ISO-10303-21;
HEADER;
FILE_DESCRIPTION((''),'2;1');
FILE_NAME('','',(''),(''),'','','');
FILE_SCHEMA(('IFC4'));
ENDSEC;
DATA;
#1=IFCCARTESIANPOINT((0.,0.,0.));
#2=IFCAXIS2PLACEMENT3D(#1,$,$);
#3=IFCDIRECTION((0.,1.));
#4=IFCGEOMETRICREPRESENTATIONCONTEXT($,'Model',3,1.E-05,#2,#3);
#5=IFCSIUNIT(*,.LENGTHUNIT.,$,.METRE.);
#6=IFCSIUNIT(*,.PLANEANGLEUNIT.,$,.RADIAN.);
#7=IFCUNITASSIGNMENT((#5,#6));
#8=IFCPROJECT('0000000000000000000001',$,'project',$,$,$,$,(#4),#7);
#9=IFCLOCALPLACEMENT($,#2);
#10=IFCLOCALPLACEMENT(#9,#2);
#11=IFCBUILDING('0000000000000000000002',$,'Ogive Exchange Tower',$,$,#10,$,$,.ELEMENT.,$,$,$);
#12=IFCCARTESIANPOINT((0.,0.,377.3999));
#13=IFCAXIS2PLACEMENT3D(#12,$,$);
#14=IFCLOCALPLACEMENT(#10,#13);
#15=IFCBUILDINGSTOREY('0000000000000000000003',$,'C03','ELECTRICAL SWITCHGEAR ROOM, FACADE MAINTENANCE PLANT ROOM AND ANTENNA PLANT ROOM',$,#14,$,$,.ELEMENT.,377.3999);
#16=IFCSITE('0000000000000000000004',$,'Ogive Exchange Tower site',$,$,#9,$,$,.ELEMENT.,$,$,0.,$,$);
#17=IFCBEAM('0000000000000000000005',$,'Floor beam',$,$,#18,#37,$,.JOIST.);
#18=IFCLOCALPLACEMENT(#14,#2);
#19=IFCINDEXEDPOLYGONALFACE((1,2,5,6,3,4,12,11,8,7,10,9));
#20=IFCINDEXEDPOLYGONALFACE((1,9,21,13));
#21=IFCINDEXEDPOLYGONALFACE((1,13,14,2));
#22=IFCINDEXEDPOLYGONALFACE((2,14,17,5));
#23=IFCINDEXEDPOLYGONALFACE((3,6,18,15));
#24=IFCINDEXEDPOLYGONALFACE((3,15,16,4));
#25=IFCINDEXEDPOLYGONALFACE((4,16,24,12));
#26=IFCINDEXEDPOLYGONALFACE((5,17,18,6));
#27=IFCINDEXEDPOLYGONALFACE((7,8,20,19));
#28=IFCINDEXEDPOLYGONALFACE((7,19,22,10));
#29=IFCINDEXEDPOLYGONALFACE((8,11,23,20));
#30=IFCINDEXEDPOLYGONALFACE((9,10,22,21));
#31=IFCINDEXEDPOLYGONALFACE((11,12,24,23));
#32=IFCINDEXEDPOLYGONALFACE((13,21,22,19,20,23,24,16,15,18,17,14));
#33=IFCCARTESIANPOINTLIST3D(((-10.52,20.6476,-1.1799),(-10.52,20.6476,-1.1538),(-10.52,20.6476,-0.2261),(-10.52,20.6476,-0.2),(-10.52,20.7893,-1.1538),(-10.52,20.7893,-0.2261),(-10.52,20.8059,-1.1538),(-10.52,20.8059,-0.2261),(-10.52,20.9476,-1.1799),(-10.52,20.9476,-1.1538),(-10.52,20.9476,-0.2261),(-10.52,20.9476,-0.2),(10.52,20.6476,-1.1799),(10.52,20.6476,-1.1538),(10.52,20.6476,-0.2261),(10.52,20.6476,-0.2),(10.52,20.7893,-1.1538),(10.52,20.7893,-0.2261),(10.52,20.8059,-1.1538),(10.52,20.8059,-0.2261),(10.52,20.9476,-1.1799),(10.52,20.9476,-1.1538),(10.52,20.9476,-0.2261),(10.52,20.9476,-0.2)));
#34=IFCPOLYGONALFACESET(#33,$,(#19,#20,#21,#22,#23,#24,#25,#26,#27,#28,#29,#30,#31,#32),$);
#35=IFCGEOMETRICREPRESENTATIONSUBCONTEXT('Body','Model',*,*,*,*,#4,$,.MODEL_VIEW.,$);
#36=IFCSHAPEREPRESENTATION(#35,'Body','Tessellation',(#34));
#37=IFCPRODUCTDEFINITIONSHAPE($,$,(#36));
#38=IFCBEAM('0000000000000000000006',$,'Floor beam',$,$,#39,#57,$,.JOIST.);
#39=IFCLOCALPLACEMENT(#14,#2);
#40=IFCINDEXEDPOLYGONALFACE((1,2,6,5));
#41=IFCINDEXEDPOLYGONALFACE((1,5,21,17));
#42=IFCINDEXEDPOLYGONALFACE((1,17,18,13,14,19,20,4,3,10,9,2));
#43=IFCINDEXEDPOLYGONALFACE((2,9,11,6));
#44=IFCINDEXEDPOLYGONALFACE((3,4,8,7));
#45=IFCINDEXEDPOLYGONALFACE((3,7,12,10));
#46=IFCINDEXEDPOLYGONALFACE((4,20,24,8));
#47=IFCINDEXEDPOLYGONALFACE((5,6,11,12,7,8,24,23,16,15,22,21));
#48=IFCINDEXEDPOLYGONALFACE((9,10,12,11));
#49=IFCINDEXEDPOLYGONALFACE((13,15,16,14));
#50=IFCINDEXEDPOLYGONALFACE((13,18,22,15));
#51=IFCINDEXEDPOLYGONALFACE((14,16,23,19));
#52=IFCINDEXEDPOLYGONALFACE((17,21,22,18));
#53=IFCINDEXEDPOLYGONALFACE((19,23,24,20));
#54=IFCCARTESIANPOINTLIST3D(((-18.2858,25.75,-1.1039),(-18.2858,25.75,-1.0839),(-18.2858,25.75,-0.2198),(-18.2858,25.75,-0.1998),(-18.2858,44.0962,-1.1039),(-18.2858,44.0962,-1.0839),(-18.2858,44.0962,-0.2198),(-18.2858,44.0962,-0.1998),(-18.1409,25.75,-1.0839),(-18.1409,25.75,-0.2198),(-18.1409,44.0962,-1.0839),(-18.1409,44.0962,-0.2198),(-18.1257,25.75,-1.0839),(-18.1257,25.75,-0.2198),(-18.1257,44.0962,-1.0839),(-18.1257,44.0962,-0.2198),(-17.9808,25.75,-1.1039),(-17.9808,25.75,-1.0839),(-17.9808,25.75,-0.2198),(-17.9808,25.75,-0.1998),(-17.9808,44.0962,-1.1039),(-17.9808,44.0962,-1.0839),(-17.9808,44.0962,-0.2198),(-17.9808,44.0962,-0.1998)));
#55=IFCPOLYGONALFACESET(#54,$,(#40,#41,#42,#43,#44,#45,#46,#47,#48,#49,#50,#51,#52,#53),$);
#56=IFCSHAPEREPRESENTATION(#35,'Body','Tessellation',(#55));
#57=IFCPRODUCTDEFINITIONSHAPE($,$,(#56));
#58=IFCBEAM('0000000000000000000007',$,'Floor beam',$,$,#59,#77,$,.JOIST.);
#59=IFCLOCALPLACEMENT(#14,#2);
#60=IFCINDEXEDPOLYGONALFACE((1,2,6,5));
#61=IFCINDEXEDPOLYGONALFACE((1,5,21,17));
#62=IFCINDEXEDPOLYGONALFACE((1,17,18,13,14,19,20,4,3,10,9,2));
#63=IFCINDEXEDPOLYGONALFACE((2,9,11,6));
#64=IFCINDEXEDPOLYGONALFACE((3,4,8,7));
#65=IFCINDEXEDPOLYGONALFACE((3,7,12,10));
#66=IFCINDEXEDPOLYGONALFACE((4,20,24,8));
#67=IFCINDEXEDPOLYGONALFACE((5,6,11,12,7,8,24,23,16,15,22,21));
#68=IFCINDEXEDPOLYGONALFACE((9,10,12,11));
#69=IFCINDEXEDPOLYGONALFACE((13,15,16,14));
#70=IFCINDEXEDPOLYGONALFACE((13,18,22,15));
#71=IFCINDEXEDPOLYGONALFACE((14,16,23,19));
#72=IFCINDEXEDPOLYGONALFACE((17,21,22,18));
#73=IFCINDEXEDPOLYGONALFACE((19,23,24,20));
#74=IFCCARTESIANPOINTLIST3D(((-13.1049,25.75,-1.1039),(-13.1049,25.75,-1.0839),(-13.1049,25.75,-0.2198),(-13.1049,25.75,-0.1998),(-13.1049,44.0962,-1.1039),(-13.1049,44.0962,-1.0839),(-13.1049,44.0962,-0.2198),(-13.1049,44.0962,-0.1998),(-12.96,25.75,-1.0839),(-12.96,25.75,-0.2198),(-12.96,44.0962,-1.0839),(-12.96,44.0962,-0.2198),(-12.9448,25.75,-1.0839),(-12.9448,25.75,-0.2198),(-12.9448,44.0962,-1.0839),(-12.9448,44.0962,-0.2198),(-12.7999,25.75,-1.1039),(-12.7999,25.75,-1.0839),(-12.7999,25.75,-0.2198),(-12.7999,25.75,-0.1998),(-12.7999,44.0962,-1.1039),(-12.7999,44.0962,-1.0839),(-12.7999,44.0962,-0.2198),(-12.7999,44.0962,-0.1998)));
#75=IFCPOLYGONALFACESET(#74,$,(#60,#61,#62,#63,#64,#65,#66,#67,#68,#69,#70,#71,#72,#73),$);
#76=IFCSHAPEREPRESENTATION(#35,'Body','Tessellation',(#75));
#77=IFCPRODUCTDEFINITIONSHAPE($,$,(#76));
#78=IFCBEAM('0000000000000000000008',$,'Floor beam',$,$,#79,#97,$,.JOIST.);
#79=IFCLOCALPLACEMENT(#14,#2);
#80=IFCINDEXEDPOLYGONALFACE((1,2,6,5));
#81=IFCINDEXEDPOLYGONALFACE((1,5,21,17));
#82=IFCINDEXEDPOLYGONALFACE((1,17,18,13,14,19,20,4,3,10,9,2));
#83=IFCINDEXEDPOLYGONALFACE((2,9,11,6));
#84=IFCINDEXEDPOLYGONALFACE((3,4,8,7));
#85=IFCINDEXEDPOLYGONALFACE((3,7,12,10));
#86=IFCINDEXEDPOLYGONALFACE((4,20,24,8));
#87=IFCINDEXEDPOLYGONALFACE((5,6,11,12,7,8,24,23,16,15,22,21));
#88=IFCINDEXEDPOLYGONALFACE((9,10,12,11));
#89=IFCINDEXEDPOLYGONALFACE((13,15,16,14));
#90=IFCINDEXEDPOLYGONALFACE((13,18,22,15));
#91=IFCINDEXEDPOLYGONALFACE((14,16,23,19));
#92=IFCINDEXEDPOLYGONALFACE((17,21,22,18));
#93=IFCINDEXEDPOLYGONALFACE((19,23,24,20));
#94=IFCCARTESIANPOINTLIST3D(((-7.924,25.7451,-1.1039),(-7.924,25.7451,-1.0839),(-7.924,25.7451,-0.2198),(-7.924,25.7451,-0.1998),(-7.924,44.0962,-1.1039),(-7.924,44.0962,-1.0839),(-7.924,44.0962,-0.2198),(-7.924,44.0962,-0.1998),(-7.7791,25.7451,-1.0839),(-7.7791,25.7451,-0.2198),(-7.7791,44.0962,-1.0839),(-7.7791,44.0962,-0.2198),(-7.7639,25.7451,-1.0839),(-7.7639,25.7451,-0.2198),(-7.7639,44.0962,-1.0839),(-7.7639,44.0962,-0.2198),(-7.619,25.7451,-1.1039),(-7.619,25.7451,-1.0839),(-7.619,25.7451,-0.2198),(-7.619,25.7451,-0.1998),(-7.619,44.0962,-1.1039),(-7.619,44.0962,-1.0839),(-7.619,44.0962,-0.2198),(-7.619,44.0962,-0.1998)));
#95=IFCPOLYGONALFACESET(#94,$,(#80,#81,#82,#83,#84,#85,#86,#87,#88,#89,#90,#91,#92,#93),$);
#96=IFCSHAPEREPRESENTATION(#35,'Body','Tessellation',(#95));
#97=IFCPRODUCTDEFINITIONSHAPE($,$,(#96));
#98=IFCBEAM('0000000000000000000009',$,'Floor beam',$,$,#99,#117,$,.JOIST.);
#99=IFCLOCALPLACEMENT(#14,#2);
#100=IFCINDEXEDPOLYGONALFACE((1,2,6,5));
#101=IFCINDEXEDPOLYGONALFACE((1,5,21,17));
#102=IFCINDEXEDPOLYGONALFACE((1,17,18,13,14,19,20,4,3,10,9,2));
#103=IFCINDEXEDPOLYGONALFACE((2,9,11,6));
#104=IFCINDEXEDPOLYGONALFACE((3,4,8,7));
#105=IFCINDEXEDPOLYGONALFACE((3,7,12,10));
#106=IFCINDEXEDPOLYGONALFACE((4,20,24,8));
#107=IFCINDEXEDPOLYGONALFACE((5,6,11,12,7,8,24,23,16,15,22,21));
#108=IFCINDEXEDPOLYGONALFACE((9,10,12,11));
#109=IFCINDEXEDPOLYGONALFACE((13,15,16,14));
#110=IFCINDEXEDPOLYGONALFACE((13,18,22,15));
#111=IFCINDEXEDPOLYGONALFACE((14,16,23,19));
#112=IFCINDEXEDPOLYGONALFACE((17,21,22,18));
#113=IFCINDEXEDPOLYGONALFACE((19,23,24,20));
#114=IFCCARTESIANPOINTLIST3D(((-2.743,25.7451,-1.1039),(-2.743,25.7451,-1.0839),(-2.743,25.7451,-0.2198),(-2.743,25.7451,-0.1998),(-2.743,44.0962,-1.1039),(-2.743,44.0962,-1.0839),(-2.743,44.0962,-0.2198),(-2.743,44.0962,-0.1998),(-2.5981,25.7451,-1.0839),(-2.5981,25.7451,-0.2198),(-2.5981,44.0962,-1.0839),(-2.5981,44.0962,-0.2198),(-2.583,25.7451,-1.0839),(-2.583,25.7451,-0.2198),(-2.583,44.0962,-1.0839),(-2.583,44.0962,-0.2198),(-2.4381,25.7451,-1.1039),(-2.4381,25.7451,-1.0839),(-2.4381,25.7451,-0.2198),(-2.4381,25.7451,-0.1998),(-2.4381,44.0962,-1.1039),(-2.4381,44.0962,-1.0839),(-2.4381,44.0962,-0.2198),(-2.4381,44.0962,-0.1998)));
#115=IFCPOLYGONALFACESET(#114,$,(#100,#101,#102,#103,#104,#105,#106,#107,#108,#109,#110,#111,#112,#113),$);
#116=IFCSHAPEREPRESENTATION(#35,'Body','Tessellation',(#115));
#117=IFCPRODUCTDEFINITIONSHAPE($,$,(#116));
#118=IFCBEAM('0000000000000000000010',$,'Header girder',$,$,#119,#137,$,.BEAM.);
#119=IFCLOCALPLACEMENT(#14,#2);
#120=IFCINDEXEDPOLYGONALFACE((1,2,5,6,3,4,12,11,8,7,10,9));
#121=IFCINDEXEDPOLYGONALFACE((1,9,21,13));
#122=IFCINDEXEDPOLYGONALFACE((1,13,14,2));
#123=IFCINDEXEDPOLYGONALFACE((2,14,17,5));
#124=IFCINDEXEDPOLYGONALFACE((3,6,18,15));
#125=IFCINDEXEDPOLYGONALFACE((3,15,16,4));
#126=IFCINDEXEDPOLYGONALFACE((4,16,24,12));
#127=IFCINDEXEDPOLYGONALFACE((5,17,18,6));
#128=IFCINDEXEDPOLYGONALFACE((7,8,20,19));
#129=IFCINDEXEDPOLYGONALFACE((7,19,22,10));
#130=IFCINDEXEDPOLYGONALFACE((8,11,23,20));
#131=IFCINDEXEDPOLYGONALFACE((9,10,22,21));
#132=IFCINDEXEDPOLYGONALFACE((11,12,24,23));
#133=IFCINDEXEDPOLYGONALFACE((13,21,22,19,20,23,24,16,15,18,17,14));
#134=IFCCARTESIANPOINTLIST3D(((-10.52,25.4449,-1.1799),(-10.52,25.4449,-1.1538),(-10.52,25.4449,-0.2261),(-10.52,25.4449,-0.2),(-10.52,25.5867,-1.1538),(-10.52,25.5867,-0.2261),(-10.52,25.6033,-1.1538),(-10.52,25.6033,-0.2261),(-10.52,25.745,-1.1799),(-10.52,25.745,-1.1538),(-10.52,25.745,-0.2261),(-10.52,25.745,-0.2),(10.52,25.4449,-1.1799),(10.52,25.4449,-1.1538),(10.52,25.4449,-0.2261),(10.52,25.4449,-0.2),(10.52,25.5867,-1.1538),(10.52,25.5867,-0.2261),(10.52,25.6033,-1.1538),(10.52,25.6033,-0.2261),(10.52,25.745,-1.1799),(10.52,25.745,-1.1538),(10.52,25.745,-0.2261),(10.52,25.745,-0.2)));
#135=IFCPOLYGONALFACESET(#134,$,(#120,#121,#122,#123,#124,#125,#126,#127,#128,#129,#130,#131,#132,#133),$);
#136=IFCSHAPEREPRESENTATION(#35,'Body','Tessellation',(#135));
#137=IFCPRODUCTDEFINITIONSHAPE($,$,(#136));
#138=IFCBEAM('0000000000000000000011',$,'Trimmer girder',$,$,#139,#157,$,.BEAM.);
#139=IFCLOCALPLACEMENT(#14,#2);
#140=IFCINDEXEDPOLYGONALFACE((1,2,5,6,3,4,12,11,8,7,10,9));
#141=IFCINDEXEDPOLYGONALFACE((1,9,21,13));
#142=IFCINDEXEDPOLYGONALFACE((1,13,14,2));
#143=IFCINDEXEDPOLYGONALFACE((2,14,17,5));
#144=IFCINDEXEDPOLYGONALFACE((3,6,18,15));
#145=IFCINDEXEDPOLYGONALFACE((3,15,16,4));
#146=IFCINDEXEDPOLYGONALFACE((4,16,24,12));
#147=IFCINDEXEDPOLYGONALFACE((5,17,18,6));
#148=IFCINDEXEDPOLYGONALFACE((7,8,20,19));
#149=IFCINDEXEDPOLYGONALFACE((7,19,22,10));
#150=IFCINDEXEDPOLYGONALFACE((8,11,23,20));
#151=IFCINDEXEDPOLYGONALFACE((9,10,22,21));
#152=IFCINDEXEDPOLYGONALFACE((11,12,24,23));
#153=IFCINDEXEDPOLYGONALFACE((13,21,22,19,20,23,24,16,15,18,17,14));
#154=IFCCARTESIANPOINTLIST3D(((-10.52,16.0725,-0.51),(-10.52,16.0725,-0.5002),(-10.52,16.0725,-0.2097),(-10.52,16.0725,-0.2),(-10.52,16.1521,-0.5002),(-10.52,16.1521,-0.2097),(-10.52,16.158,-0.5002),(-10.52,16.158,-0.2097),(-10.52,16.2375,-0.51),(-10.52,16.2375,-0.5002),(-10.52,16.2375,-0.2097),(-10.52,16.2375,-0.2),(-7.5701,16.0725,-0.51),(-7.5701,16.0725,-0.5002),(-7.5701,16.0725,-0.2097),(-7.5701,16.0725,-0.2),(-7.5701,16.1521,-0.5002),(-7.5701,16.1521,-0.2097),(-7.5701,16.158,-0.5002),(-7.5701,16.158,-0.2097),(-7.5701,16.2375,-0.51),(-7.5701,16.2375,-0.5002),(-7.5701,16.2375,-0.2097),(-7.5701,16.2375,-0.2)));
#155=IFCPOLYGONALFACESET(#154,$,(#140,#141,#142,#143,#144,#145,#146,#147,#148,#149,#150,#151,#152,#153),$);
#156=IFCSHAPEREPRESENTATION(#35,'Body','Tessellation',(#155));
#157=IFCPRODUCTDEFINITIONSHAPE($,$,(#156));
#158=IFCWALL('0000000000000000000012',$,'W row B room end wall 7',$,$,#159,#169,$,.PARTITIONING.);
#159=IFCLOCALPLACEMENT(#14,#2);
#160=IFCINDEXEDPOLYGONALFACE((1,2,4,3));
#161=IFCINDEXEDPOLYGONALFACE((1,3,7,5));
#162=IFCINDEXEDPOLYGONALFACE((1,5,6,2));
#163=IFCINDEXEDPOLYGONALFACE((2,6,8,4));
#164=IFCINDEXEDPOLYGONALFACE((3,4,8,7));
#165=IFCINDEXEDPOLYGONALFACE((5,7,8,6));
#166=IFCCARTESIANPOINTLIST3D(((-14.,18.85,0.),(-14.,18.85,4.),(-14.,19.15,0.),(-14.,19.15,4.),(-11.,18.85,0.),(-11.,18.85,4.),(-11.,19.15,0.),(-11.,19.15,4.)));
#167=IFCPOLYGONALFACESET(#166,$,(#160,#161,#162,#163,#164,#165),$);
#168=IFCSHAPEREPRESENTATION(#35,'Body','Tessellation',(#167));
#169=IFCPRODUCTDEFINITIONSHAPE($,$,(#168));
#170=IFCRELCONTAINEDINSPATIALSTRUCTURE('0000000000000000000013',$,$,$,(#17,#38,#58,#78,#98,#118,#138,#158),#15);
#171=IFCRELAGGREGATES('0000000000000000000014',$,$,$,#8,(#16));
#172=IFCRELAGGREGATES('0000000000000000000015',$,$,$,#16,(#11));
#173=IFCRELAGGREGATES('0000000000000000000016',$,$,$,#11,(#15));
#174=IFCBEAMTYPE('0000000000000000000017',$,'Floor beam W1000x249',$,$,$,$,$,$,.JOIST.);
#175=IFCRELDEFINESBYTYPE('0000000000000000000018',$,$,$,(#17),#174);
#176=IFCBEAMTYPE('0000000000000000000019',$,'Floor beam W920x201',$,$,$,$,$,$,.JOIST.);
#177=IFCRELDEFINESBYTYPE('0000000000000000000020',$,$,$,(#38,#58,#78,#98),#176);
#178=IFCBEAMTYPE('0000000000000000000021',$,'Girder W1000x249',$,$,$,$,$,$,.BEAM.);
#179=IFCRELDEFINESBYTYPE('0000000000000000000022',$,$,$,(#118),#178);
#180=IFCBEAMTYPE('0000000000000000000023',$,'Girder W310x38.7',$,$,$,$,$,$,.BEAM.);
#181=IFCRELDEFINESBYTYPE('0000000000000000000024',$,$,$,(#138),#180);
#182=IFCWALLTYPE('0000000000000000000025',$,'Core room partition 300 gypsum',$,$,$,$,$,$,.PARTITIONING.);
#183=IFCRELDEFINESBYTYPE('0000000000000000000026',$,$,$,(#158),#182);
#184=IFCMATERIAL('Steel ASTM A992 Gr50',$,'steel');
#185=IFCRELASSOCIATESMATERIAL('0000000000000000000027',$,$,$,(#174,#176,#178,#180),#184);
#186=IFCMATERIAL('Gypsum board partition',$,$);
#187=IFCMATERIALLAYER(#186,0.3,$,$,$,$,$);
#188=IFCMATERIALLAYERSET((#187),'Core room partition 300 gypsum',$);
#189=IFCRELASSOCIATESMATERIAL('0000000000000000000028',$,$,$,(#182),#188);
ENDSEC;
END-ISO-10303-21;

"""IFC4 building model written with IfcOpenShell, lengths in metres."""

from ifc_helpers import new_model, si_unit, direction, frame, frame_2d, origin, origin_2d, place, context, subcontext, project, spatial, rectangle, i_section, extrude, material, layer, layer_set, material_profile, profile_set, type_object, element, save


model = new_model("IFC4")

# Units and contexts
model_context = context("Model", 3, precision=1e-05, world=origin(), true_north=direction((0.0, 1.0)))
body_context = subcontext(model_context, "Body", "Model", "MODEL_VIEW")
ifc_project = project(units=[si_unit("LENGTHUNIT", "METRE"), si_unit("PLANEANGLEUNIT", "RADIAN")], contexts=[model_context])

# Site, building, storey
site_placement = place(None, origin())
site = spatial("IfcSite", under=ifc_project, at=site_placement, Name="Ogive Exchange Tower site", CompositionType="ELEMENT", RefElevation=0.0)
building_placement = place(site_placement, origin())
building = spatial("IfcBuilding", under=site, at=building_placement, Name="Ogive Exchange Tower", CompositionType="ELEMENT")
storey_placement = place(building_placement, frame((0.0, 0.0, 377.3999)))
storey = spatial("IfcBuildingStorey", under=building, at=storey_placement, Name="C03", Description="ELECTRICAL SWITCHGEAR ROOM, FACADE MAINTENANCE PLANT ROOM AND ANTENNA PLANT ROOM", CompositionType="ELEMENT", Elevation=377.3999)

# Beams
ifc_material_1 = material(Name="Steel ASTM A992 Gr50", Category="steel")
ifc_material_profile_1 = material_profile(ifc_material_1, i_section(OverallWidth=0.3, OverallDepth=0.98, WebThickness=0.0166, FlangeThickness=0.0261, at=origin_2d()), Name="W1000x249")
ifc_profile_set_1 = profile_set([ifc_material_profile_1], Name="Steel ASTM A992 Gr50")
beam_type_1 = type_object("IfcBeamType", Name="Floor beam W1000x249", PredefinedType="JOIST", material=ifc_profile_set_1)
beam_1_placement = place(storey_placement, frame((-10.52, 20.7976, -0.6899), z_axis=(1.0, 0.0, 0.0), x_axis=(0.0, 1.0, 0.0)))
element("IfcBeam", 1, at=beam_1_placement, inside=storey, type_object=beam_type_1, Name="Floor beam", PredefinedType="JOIST", context=body_context, shape_type="SweptSolid", body=[
    extrude(i_section(OverallWidth=0.3, OverallDepth=0.98, WebThickness=0.0166, FlangeThickness=0.0261, at=origin_2d()), origin(), (0.0, 0.0, 1.0), 21.04),
])
ifc_material_profile_2 = material_profile(ifc_material_1, i_section(OverallWidth=0.3049, OverallDepth=0.9041, WebThickness=0.0151, FlangeThickness=0.02, at=origin_2d()), Name="W920x201")
ifc_profile_set_2 = profile_set([ifc_material_profile_2], Name="Steel ASTM A992 Gr50")
beam_type_2 = type_object("IfcBeamType", Name="Floor beam W920x201", PredefinedType="JOIST", material=ifc_profile_set_2)
for number, where, z_axis, x_axis, name in (
    (2, (-18.1333, 25.75, -0.6519), (0.0, 1.0, 0.0), (-1.0, 0.0, 0.0), "Floor beam"),
    (3, (-12.9524, 25.75, -0.6519), (0.0, 1.0, 0.0), (-1.0, 0.0, 0.0), "Floor beam"),
):
    element("IfcBeam", number, at=place(storey_placement, frame(where, z_axis=z_axis, x_axis=x_axis)), inside=storey, type_object=beam_type_2, Name=name, PredefinedType="JOIST", context=body_context, shape_type="SweptSolid", body=[
        extrude(i_section(OverallWidth=0.3049, OverallDepth=0.9041, WebThickness=0.0151, FlangeThickness=0.02, at=origin_2d()), origin(), (0.0, 0.0, 1.0), 18.3462),
    ])
for number, where, z_axis, x_axis, name in (
    (4, (-7.7715, 25.7451, -0.6519), (0.0, 1.0, 0.0), (-1.0, 0.0, 0.0), "Floor beam"),
    (5, (-2.5906, 25.7451, -0.6519), (0.0, 1.0, 0.0), (-1.0, 0.0, 0.0), "Floor beam"),
):
    element("IfcBeam", number, at=place(storey_placement, frame(where, z_axis=z_axis, x_axis=x_axis)), inside=storey, type_object=beam_type_2, Name=name, PredefinedType="JOIST", context=body_context, shape_type="SweptSolid", body=[
        extrude(i_section(OverallWidth=0.3049, OverallDepth=0.9041, WebThickness=0.0151, FlangeThickness=0.02, at=origin_2d()), origin(), (0.0, 0.0, 1.0), 18.3511),
    ])
ifc_material_profile_3 = material_profile(ifc_material_1, i_section(OverallWidth=0.3, OverallDepth=0.98, WebThickness=0.0166, FlangeThickness=0.0261, at=origin_2d()), Name="W1000x249")
ifc_profile_set_3 = profile_set([ifc_material_profile_3], Name="Steel ASTM A992 Gr50")
beam_type_3 = type_object("IfcBeamType", Name="Girder W1000x249", PredefinedType="BEAM", material=ifc_profile_set_3)
beam_2_placement = place(storey_placement, frame((-10.52, 25.595, -0.6899), z_axis=(1.0, 0.0, 0.0), x_axis=(0.0, 1.0, 0.0)))
element("IfcBeam", 6, at=beam_2_placement, inside=storey, type_object=beam_type_3, Name="Header girder", PredefinedType="BEAM", context=body_context, shape_type="SweptSolid", body=[
    extrude(i_section(OverallWidth=0.3, OverallDepth=0.98, WebThickness=0.0166, FlangeThickness=0.0261, at=origin_2d()), origin(), (0.0, 0.0, 1.0), 21.04),
])
ifc_material_profile_4 = material_profile(ifc_material_1, i_section(OverallWidth=0.165, OverallDepth=0.3101, WebThickness=0.0059, FlangeThickness=0.0098, at=origin_2d()), Name="W310x38.7")
ifc_profile_set_4 = profile_set([ifc_material_profile_4], Name="Steel ASTM A992 Gr50")
beam_type_4 = type_object("IfcBeamType", Name="Girder W310x38.7", PredefinedType="BEAM", material=ifc_profile_set_4)
beam_3_placement = place(storey_placement, frame((-10.52, 16.155, -0.355), z_axis=(1.0, 0.0, 0.0), x_axis=(0.0, 1.0, 0.0)))
element("IfcBeam", 7, at=beam_3_placement, inside=storey, type_object=beam_type_4, Name="Trimmer girder", PredefinedType="BEAM", context=body_context, shape_type="SweptSolid", body=[
    extrude(i_section(OverallWidth=0.165, OverallDepth=0.3101, WebThickness=0.0059, FlangeThickness=0.0098, at=origin_2d()), origin(), (0.0, 0.0, 1.0), 2.95),
])

# Wall
ifc_material_2 = material(Name="Gypsum board partition")
ifc_layer_1 = layer(ifc_material_2, 0.3)
ifc_layer_set_1 = layer_set([ifc_layer_1], Name="Core room partition 300 gypsum")
wall_type_1 = type_object("IfcWallType", Name="Core room partition 300 gypsum", PredefinedType="PARTITIONING", material=ifc_layer_set_1)
wall_1_placement = place(storey_placement, frame((-14.0, 19.0, 0.0), z_axis=(0.0, 0.0, 1.0), x_axis=(1.0, 0.0, 0.0)))
element("IfcWall", 8, at=wall_1_placement, inside=storey, type_object=wall_type_1, Name="W row B room end wall 7", PredefinedType="PARTITIONING", context=body_context, shape_type="SweptSolid", body=[
    extrude(rectangle(XDim=3.0, YDim=0.3, at=frame_2d((1.5, 0.0))), origin(), (0.0, 0.0, 1.0), 4.0),
])

save(model, "model.ifc")
